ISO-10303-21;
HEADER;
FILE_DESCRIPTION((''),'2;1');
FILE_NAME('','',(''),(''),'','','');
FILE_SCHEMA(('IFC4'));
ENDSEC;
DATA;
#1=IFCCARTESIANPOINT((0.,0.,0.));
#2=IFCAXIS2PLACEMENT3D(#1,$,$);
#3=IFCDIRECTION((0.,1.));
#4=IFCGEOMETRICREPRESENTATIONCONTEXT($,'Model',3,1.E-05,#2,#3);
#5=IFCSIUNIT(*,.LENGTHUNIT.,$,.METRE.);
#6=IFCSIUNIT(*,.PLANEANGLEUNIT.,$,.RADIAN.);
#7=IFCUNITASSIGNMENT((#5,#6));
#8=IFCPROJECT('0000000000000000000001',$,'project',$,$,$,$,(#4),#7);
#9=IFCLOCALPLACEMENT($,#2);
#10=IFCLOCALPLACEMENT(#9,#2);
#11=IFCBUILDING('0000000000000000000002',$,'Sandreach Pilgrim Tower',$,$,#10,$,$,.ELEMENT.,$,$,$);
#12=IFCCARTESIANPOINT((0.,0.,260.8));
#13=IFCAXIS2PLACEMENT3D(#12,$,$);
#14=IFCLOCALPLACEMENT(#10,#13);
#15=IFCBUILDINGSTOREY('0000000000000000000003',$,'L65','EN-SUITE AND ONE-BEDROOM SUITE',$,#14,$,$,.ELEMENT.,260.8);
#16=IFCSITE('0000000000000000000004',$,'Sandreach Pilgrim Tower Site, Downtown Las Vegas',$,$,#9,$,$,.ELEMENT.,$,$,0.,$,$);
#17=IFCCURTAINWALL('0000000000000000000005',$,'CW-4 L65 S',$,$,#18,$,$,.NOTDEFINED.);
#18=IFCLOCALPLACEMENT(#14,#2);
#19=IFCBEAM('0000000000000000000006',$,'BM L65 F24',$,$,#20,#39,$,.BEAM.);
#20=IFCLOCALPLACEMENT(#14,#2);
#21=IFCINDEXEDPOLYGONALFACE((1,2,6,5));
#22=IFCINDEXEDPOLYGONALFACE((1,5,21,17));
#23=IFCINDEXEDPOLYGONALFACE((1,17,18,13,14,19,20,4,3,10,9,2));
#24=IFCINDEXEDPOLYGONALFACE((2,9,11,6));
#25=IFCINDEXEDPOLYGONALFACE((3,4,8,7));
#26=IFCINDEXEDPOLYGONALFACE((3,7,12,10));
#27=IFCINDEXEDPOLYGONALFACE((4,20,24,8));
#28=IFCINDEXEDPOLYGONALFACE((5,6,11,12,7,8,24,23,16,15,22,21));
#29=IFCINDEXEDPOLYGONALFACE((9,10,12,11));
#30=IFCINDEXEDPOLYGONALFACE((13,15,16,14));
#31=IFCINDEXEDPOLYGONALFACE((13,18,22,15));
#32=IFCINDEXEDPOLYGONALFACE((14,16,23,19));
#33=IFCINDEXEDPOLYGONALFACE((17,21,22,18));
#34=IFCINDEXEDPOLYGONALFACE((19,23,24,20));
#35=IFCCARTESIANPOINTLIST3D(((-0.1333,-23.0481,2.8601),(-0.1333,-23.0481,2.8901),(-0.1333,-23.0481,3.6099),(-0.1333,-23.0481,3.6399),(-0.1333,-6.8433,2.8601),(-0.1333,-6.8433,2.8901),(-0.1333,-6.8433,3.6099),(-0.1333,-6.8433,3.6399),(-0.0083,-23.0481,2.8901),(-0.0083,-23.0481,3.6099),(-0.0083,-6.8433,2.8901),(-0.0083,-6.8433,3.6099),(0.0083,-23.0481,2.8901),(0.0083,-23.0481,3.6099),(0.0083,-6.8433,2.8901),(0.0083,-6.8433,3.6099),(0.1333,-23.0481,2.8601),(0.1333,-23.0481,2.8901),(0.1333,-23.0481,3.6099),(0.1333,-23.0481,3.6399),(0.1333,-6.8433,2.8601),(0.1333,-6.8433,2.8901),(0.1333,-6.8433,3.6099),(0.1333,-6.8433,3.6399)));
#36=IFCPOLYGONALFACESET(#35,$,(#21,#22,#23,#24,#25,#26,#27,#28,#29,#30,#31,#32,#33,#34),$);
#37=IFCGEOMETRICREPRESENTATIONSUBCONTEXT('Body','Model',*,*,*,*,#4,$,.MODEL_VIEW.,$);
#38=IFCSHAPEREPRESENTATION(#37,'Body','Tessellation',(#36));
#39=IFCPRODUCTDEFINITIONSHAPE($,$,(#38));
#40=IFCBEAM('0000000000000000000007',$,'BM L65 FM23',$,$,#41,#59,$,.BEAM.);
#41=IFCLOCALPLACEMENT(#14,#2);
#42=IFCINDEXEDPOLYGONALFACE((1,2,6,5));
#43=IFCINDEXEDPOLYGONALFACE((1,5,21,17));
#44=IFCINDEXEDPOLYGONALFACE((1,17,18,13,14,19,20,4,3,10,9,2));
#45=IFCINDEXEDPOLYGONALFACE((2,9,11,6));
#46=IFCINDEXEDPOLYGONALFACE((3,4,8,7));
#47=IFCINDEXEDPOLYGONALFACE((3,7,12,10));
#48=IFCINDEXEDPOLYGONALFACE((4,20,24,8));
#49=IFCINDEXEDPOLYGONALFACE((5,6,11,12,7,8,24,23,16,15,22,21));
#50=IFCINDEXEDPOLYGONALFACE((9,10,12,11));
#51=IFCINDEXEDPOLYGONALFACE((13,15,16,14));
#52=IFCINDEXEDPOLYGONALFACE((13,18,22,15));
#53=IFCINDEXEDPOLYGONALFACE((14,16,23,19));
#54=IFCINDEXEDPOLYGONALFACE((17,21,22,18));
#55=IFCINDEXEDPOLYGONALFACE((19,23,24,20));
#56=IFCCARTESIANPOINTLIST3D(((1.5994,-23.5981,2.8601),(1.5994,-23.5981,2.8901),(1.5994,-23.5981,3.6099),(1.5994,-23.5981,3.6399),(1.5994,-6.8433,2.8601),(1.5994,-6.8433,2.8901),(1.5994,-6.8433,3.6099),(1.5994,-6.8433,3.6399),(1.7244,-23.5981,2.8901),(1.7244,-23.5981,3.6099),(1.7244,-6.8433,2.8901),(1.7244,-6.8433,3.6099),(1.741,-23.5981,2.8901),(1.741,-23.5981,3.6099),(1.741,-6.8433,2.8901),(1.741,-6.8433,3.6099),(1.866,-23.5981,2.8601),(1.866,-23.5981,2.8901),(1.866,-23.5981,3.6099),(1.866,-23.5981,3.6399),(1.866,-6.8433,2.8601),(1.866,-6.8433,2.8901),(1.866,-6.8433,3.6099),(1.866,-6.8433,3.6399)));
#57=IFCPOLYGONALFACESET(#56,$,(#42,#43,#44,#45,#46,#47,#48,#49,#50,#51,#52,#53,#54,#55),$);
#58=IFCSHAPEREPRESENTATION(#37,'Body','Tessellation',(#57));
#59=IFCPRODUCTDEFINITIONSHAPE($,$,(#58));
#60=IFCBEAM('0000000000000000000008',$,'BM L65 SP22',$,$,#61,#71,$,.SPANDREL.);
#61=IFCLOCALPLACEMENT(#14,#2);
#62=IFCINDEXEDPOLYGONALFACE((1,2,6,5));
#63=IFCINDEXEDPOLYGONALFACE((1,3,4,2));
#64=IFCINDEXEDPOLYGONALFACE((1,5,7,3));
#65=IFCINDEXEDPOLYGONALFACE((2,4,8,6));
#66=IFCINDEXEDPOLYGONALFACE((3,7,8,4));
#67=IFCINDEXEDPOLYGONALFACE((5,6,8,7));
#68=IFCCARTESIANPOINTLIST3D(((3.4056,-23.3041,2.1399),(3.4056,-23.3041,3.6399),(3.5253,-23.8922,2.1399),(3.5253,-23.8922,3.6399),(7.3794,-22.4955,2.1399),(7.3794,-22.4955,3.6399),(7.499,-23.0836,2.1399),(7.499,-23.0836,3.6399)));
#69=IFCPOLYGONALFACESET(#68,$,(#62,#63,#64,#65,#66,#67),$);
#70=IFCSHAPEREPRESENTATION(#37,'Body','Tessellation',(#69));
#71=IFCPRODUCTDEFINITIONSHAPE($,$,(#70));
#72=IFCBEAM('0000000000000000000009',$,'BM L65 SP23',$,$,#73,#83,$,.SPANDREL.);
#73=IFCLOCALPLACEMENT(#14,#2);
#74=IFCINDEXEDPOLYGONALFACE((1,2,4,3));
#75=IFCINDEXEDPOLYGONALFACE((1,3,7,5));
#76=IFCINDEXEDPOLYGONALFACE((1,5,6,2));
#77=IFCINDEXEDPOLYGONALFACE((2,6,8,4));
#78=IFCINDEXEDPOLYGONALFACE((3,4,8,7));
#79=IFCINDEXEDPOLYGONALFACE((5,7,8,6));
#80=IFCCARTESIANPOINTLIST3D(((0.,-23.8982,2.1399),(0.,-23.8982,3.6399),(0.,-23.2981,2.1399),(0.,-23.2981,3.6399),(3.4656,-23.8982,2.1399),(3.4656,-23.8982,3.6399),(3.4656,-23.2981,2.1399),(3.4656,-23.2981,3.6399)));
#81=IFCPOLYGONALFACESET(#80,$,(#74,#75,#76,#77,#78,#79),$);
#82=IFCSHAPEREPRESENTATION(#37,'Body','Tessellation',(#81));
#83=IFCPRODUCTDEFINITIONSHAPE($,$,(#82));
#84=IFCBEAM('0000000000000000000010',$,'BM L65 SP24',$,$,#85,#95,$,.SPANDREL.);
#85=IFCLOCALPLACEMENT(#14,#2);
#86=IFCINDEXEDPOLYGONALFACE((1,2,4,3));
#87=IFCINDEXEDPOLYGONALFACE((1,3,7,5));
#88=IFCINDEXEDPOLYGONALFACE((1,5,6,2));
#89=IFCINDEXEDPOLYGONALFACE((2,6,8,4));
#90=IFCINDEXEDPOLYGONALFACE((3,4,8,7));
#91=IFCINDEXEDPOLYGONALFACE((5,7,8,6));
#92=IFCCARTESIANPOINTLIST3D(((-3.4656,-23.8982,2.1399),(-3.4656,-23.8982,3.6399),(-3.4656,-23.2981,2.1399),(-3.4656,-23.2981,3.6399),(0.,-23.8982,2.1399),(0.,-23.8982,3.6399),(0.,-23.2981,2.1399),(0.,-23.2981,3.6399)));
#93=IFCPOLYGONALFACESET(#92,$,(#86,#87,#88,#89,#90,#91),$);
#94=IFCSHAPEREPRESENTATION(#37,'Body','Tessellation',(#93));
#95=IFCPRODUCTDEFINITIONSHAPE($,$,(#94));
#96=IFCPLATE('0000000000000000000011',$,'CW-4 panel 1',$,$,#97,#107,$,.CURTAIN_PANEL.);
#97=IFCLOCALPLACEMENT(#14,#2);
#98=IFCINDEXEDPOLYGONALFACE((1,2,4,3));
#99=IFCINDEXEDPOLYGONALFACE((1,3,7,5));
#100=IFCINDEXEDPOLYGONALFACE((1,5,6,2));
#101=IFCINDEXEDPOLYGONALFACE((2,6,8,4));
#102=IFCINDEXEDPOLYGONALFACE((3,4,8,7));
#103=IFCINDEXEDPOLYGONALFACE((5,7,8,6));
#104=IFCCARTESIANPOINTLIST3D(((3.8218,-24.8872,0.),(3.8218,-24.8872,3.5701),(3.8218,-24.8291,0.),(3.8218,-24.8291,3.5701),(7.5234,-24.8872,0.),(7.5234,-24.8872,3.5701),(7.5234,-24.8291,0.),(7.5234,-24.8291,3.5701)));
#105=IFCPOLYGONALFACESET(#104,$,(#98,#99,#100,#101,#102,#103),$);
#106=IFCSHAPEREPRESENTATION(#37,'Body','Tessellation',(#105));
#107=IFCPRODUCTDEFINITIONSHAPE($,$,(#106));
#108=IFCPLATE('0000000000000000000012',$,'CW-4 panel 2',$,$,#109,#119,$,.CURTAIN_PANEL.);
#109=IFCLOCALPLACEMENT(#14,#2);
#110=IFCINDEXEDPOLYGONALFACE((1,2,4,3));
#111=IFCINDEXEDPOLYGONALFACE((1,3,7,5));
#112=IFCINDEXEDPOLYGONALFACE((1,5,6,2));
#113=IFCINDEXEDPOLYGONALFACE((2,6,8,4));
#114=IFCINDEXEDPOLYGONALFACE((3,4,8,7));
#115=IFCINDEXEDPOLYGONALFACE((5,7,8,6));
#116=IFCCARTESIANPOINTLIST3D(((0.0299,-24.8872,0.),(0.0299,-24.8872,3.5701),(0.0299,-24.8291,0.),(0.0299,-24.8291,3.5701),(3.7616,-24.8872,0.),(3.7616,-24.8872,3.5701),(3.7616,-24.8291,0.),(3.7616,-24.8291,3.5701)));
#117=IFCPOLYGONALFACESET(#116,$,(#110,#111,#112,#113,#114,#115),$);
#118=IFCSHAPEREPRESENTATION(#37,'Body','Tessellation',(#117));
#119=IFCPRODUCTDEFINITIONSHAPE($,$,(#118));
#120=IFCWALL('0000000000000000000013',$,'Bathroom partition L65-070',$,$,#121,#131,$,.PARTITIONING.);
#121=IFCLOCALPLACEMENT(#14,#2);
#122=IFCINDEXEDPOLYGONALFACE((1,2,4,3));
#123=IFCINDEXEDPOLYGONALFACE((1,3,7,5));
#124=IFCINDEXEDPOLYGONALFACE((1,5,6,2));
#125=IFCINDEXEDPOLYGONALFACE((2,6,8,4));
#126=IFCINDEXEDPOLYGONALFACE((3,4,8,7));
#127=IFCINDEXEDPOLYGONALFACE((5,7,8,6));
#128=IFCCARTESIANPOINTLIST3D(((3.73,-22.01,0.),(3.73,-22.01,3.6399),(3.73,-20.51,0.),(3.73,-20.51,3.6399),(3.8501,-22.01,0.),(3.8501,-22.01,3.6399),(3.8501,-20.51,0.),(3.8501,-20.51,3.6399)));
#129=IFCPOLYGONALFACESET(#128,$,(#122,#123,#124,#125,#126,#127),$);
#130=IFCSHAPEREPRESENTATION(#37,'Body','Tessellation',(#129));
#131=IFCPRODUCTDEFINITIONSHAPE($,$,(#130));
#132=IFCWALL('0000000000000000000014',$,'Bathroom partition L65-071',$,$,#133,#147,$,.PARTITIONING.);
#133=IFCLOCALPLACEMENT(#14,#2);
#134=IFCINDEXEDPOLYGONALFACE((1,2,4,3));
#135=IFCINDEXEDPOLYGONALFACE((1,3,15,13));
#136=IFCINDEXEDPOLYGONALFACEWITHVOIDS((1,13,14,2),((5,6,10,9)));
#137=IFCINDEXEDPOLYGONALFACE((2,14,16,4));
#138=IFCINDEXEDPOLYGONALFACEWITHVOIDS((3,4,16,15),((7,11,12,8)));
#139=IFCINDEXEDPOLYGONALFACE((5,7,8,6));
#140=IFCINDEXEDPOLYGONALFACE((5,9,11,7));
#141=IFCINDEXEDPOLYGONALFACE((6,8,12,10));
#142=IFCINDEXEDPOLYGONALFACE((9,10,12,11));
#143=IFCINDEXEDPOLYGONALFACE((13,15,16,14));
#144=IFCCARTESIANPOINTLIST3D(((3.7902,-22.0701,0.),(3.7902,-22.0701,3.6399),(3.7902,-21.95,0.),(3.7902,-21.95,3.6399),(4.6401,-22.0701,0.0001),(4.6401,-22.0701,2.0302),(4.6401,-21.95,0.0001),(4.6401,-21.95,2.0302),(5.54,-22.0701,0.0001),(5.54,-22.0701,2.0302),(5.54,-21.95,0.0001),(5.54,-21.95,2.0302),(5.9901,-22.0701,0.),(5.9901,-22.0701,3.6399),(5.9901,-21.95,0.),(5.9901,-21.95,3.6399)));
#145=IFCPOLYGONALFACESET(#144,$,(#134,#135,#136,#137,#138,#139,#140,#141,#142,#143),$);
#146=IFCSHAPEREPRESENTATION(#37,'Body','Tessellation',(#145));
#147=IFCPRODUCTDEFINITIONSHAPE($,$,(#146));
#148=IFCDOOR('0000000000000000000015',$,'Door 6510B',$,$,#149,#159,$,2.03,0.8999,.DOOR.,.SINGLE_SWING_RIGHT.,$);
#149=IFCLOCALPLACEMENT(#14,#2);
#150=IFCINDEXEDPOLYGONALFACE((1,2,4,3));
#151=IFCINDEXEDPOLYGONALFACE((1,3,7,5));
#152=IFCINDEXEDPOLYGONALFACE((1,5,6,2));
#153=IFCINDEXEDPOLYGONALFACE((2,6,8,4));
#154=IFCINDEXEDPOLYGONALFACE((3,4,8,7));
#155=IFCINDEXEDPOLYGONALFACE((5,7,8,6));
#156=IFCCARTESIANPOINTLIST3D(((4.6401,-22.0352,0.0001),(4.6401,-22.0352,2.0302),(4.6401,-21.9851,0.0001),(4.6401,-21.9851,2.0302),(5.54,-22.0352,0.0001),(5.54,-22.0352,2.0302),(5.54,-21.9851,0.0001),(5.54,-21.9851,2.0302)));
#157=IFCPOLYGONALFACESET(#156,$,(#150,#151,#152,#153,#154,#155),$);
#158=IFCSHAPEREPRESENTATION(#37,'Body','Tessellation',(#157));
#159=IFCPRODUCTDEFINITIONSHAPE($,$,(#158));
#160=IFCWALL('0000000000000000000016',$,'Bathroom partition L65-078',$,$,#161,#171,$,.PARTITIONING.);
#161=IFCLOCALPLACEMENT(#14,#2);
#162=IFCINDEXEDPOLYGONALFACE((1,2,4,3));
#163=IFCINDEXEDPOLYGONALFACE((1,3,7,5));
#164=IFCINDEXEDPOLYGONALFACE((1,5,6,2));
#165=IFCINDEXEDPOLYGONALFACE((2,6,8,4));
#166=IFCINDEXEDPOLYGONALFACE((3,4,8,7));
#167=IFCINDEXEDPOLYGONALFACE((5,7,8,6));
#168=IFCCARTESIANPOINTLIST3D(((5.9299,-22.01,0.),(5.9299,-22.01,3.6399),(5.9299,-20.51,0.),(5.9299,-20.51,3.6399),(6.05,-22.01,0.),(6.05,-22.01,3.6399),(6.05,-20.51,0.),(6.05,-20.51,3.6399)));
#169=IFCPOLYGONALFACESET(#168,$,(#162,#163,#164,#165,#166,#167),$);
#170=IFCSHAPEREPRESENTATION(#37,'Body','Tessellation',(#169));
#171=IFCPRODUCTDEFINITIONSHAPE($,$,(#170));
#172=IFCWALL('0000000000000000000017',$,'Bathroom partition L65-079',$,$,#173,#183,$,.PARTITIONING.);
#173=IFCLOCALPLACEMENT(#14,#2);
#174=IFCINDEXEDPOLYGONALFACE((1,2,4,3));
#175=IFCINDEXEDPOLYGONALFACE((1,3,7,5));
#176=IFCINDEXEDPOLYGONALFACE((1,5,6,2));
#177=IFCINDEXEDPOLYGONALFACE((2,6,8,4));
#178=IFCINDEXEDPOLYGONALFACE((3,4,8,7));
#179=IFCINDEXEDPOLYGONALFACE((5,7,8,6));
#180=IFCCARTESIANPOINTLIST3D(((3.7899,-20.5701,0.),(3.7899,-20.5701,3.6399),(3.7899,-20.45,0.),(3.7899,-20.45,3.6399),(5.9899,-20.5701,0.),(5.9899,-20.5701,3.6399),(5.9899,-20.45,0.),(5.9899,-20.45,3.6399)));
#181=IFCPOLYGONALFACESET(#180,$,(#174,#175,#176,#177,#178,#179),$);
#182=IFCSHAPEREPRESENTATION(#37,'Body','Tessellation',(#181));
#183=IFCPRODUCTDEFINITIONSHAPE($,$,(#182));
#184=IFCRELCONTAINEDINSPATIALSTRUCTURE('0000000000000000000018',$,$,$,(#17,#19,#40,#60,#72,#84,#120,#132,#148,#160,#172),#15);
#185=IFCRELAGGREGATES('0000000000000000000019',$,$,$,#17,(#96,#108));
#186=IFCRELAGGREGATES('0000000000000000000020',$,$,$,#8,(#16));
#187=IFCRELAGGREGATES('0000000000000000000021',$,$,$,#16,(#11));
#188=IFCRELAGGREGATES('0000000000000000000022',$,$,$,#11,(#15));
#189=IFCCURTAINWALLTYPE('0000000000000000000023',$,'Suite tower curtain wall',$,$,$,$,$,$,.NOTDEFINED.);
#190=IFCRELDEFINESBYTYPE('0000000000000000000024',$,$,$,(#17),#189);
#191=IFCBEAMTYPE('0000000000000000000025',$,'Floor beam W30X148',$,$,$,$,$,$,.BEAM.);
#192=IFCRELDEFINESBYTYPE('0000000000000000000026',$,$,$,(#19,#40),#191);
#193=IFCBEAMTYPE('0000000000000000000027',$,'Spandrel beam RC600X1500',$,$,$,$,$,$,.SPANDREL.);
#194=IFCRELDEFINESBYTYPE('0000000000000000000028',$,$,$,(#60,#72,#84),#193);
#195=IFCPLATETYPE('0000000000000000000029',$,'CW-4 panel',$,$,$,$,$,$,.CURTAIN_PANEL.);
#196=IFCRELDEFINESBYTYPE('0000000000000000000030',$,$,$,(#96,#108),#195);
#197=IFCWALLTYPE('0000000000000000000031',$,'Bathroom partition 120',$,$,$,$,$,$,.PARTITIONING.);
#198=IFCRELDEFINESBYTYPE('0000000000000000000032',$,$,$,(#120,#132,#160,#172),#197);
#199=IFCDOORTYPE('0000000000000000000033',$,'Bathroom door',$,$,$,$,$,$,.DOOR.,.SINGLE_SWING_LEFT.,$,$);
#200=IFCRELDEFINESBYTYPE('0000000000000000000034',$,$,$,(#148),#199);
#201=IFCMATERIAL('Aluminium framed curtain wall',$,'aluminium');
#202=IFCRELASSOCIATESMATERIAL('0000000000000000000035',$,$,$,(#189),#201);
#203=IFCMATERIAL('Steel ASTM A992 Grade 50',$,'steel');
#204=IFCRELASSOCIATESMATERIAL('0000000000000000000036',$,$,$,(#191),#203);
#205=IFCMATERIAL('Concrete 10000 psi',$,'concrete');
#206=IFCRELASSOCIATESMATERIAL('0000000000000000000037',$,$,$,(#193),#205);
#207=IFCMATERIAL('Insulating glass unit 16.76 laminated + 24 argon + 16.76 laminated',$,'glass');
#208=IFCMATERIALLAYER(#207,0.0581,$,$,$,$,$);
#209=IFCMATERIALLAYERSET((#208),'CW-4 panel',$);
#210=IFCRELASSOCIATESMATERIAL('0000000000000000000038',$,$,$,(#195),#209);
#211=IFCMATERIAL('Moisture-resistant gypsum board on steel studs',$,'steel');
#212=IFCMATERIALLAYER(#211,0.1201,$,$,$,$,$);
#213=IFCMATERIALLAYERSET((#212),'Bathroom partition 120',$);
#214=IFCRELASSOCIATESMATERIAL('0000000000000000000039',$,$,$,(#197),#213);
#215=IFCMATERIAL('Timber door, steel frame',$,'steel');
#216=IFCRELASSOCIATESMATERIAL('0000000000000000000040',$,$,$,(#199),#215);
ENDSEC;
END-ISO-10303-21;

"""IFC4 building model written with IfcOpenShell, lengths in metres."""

from ifc_helpers import new_model, si_unit, direction, frame, frame_2d, origin, origin_2d, place, context, subcontext, project, spatial, rectangle, i_section, extrude, material, layer, layer_set, material_profile, profile_set, type_object, element, fill, aggregate, save


model = new_model("IFC4")

# Units and contexts
model_context = context("Model", 3, precision=1e-05, world=origin(), true_north=direction((0.0, 1.0)))
body_context = subcontext(model_context, "Body", "Model", "MODEL_VIEW")
ifc_project = project(units=[si_unit("LENGTHUNIT", "METRE"), si_unit("PLANEANGLEUNIT", "RADIAN")], contexts=[model_context])

# Site, building, storey
site_placement = place(None, origin())
site = spatial("IfcSite", under=ifc_project, at=site_placement, Name="Sandreach Pilgrim Tower Site, Downtown Las Vegas", CompositionType="ELEMENT", RefElevation=0.0)
building_placement = place(site_placement, origin())
building = spatial("IfcBuilding", under=site, at=building_placement, Name="Sandreach Pilgrim Tower", CompositionType="ELEMENT")
storey_placement = place(building_placement, frame((0.0, 0.0, 260.8)))
storey = spatial("IfcBuildingStorey", under=building, at=storey_placement, Name="L65", Description="EN-SUITE AND ONE-BEDROOM SUITE", CompositionType="ELEMENT", Elevation=260.8)

# Curtain wall
ifc_material_1 = material(Name="Aluminium framed curtain wall", Category="aluminium")
curtain_wall_type = type_object("IfcCurtainWallType", Name="Suite tower curtain wall", PredefinedType="NOTDEFINED", material=ifc_material_1)
curtain_wall_placement = place(storey_placement, origin())
curtain_wall = element("IfcCurtainWall", 1, at=curtain_wall_placement, inside=storey, type_object=curtain_wall_type, Name="CW-4 L65 S", PredefinedType="NOTDEFINED")

# Beams
ifc_material_2 = material(Name="Steel ASTM A992 Grade 50", Category="steel")
ifc_material_profile_1 = material_profile(ifc_material_2, i_section(OverallWidth=0.2666, OverallDepth=0.7798, WebThickness=0.0166, FlangeThickness=0.03, at=origin_2d()), Name="W30X148")
ifc_profile_set_1 = profile_set([ifc_material_profile_1], Name="Steel ASTM A992 Grade 50")
beam_type_1 = type_object("IfcBeamType", Name="Floor beam W30X148", PredefinedType="BEAM", material=ifc_profile_set_1)
beam_1_placement = place(storey_placement, frame((0.0, -23.0481, 3.25), z_axis=(0.0, 1.0, 0.0), x_axis=(-1.0, 0.0, 0.0)))
element("IfcBeam", 2, at=beam_1_placement, inside=storey, type_object=beam_type_1, Name="BM L65 F24", PredefinedType="BEAM", context=body_context, shape_type="SweptSolid", body=[
    extrude(i_section(OverallWidth=0.2666, OverallDepth=0.7798, WebThickness=0.0166, FlangeThickness=0.03, at=origin_2d()), origin(), (0.0, 0.0, 1.0), 16.2048),
])
beam_2_placement = place(storey_placement, frame((1.7327, -23.5981, 3.25), z_axis=(0.0, 1.0, 0.0), x_axis=(-1.0, 0.0, 0.0)))
element("IfcBeam", 3, at=beam_2_placement, inside=storey, type_object=beam_type_1, Name="BM L65 FM23", PredefinedType="BEAM", context=body_context, shape_type="SweptSolid", body=[
    extrude(i_section(OverallWidth=0.2666, OverallDepth=0.7798, WebThickness=0.0166, FlangeThickness=0.03, at=origin_2d()), origin(), (0.0, 0.0, 1.0), 16.7549),
])
ifc_material_3 = material(Name="Concrete 10000 psi", Category="concrete")
ifc_material_profile_2 = material_profile(ifc_material_3, rectangle(XDim=0.6001, YDim=1.5, at=origin_2d()), Name="RC600X1500")
ifc_profile_set_2 = profile_set([ifc_material_profile_2], Name="Concrete 10000 psi")
beam_type_2 = type_object("IfcBeamType", Name="Spandrel beam RC600X1500", PredefinedType="SPANDREL", material=ifc_profile_set_2)
beam_3_placement = place(storey_placement, frame((7.4392, -22.7896, 2.8899), z_axis=(-0.979918, -0.199403, 0.0), x_axis=(0.199403, -0.979918, 0.0)))
element("IfcBeam", 4, at=beam_3_placement, inside=storey, type_object=beam_type_2, Name="BM L65 SP22", PredefinedType="SPANDREL", context=body_context, shape_type="SweptSolid", body=[
    extrude(rectangle(XDim=0.6001, YDim=1.5, at=origin_2d()), origin(), (0.0, 0.0, 1.0), 4.0552),
])
for number, where, z_axis, x_axis, name in (
    (5, (3.4656, -23.5981, 2.8899), (-1.0, 0.0, 0.0), (0.0, -1.0, 0.0), "BM L65 SP23"),
    (6, (0.0, -23.5981, 2.8899), (-1.0, 0.0, 0.0), (0.0, -1.0, 0.0), "BM L65 SP24"),
):
    element("IfcBeam", number, at=place(storey_placement, frame(where, z_axis=z_axis, x_axis=x_axis)), inside=storey, type_object=beam_type_2, Name=name, PredefinedType="SPANDREL", context=body_context, shape_type="SweptSolid", body=[
        extrude(rectangle(XDim=0.6001, YDim=1.5, at=origin_2d()), origin(), (0.0, 0.0, 1.0), 3.4656),
    ])

# Plates
ifc_material_4 = material(Name="Insulating glass unit 16.76 laminated + 24 argon + 16.76 laminated", Category="glass")
ifc_layer_1 = layer(ifc_material_4, 0.0581)
ifc_layer_set_1 = layer_set([ifc_layer_1], Name="CW-4 panel")
plate_type = type_object("IfcPlateType", Name="CW-4 panel", PredefinedType="CURTAIN_PANEL", material=ifc_layer_set_1)
plate_1_placement = place(storey_placement, frame((5.6726, -24.8582, 0.0), z_axis=(0.0, 0.0, 1.0), x_axis=(-1.0, 0.0, 0.0)))
plate_1 = element("IfcPlate", 7, at=plate_1_placement, type_object=plate_type, Name="CW-4 panel 1", PredefinedType="CURTAIN_PANEL", context=body_context, shape_type="SweptSolid", body=[
    extrude(rectangle(XDim=3.7017, YDim=0.0581, at=origin_2d()), origin(), (0.0, 0.0, 1.0), 3.5701),
])
plate_2_placement = place(storey_placement, frame((1.8958, -24.8582, 0.0), z_axis=(0.0, 0.0, 1.0), x_axis=(-1.0, 0.0, 0.0)))
plate_2 = element("IfcPlate", 8, at=plate_2_placement, type_object=plate_type, Name="CW-4 panel 2", PredefinedType="CURTAIN_PANEL", context=body_context, shape_type="SweptSolid", body=[
    extrude(rectangle(XDim=3.7317, YDim=0.0581, at=origin_2d()), origin(), (0.0, 0.0, 1.0), 3.5701),
])
aggregate(curtain_wall, [plate_1, plate_2])

# Wall
ifc_material_5 = material(Name="Moisture-resistant gypsum board on steel studs", Category="steel")
ifc_layer_2 = layer(ifc_material_5, 0.1201)
ifc_layer_set_2 = layer_set([ifc_layer_2], Name="Bathroom partition 120")
wall_type_1 = type_object("IfcWallType", Name="Bathroom partition 120", PredefinedType="PARTITIONING", material=ifc_layer_set_2)
wall_1_placement = place(storey_placement, frame((3.79, -22.01, 0.0), z_axis=(0.0, 0.0, 1.0), x_axis=(0.0, 1.0, 0.0)))
element("IfcWall", 9, at=wall_1_placement, inside=storey, type_object=wall_type_1, Name="Bathroom partition L65-070", PredefinedType="PARTITIONING", context=body_context, shape_type="SweptSolid", body=[
    extrude(rectangle(XDim=1.5, YDim=0.1201, at=frame_2d((0.75, 0.0))), origin(), (0.0, 0.0, 1.0), 3.6399),
])

# Wall, opening, door
wall_2_placement = place(storey_placement, frame((3.79, -22.01, 0.0), z_axis=(0.0, 0.0, 1.0), x_axis=(1.0, 0.0, 0.0)))
wall_2 = element("IfcWall", 10, at=wall_2_placement, inside=storey, type_object=wall_type_1, Name="Bathroom partition L65-071", PredefinedType="PARTITIONING", context=body_context, shape_type="SweptSolid", body=[
    extrude(rectangle(XDim=2.2, YDim=0.1201, at=frame_2d((1.1001, 0.0))), origin(), (0.0, 0.0, 1.0), 3.6399),
])
opening_1_placement = place(wall_2_placement, frame((0.8501, 0.0, 0.0)))
opening_1 = element("IfcOpeningElement", 11, at=opening_1_placement, cuts=wall_2, PredefinedType="OPENING", context=body_context, shape_type="SweptSolid", body=[
    extrude(rectangle(XDim=0.8999, YDim=2.03, at=frame_2d((0.45, 1.0151))), frame((0.0, 0.0601, 0.0), z_axis=(0.0, -1.0, 0.0), x_axis=(1.0, 0.0, 0.0)), (0.0, 0.0, 1.0), 0.1201),
])
ifc_material_6 = material(Name="Timber door, steel frame", Category="steel")
door_type_1 = type_object("IfcDoorType", Name="Bathroom door", OperationType="SINGLE_SWING_LEFT", PredefinedType="DOOR", material=ifc_material_6)
door_1_placement = place(opening_1_placement, origin())
door_1 = element("IfcDoor", 12, at=door_1_placement, inside=storey, type_object=door_type_1, Name="Door 6510B", OperationType="SINGLE_SWING_RIGHT", OverallHeight=2.03, OverallWidth=0.8999, PredefinedType="DOOR", context=body_context, shape_type="SweptSolid", body=[
    extrude(rectangle(XDim=0.8999, YDim=2.03, at=frame_2d((0.45, 1.0151))), frame((0.0, 0.0249, 0.0), z_axis=(0.0, -1.0, 0.0), x_axis=(1.0, 0.0, 0.0)), (0.0, 0.0, 1.0), 0.05),
])
fill(opening_1, door_1)

# Walls
wall_3_placement = place(storey_placement, frame((5.99, -22.01, 0.0), z_axis=(0.0, 0.0, 1.0), x_axis=(0.0, 1.0, 0.0)))
element("IfcWall", 13, at=wall_3_placement, inside=storey, type_object=wall_type_1, Name="Bathroom partition L65-078", PredefinedType="PARTITIONING", context=body_context, shape_type="SweptSolid", body=[
    extrude(rectangle(XDim=1.5, YDim=0.1201, at=frame_2d((0.75, 0.0))), origin(), (0.0, 0.0, 1.0), 3.6399),
])
wall_4_placement = place(storey_placement, frame((5.99, -20.51, 0.0), z_axis=(0.0, 0.0, 1.0), x_axis=(-1.0, 0.0, 0.0)))
element("IfcWall", 14, at=wall_4_placement, inside=storey, type_object=wall_type_1, Name="Bathroom partition L65-079", PredefinedType="PARTITIONING", context=body_context, shape_type="SweptSolid", body=[
    extrude(rectangle(XDim=2.2, YDim=0.1201, at=frame_2d((1.1001, 0.0))), origin(), (0.0, 0.0, 1.0), 3.6399),
])

save(model, "model.ifc")
